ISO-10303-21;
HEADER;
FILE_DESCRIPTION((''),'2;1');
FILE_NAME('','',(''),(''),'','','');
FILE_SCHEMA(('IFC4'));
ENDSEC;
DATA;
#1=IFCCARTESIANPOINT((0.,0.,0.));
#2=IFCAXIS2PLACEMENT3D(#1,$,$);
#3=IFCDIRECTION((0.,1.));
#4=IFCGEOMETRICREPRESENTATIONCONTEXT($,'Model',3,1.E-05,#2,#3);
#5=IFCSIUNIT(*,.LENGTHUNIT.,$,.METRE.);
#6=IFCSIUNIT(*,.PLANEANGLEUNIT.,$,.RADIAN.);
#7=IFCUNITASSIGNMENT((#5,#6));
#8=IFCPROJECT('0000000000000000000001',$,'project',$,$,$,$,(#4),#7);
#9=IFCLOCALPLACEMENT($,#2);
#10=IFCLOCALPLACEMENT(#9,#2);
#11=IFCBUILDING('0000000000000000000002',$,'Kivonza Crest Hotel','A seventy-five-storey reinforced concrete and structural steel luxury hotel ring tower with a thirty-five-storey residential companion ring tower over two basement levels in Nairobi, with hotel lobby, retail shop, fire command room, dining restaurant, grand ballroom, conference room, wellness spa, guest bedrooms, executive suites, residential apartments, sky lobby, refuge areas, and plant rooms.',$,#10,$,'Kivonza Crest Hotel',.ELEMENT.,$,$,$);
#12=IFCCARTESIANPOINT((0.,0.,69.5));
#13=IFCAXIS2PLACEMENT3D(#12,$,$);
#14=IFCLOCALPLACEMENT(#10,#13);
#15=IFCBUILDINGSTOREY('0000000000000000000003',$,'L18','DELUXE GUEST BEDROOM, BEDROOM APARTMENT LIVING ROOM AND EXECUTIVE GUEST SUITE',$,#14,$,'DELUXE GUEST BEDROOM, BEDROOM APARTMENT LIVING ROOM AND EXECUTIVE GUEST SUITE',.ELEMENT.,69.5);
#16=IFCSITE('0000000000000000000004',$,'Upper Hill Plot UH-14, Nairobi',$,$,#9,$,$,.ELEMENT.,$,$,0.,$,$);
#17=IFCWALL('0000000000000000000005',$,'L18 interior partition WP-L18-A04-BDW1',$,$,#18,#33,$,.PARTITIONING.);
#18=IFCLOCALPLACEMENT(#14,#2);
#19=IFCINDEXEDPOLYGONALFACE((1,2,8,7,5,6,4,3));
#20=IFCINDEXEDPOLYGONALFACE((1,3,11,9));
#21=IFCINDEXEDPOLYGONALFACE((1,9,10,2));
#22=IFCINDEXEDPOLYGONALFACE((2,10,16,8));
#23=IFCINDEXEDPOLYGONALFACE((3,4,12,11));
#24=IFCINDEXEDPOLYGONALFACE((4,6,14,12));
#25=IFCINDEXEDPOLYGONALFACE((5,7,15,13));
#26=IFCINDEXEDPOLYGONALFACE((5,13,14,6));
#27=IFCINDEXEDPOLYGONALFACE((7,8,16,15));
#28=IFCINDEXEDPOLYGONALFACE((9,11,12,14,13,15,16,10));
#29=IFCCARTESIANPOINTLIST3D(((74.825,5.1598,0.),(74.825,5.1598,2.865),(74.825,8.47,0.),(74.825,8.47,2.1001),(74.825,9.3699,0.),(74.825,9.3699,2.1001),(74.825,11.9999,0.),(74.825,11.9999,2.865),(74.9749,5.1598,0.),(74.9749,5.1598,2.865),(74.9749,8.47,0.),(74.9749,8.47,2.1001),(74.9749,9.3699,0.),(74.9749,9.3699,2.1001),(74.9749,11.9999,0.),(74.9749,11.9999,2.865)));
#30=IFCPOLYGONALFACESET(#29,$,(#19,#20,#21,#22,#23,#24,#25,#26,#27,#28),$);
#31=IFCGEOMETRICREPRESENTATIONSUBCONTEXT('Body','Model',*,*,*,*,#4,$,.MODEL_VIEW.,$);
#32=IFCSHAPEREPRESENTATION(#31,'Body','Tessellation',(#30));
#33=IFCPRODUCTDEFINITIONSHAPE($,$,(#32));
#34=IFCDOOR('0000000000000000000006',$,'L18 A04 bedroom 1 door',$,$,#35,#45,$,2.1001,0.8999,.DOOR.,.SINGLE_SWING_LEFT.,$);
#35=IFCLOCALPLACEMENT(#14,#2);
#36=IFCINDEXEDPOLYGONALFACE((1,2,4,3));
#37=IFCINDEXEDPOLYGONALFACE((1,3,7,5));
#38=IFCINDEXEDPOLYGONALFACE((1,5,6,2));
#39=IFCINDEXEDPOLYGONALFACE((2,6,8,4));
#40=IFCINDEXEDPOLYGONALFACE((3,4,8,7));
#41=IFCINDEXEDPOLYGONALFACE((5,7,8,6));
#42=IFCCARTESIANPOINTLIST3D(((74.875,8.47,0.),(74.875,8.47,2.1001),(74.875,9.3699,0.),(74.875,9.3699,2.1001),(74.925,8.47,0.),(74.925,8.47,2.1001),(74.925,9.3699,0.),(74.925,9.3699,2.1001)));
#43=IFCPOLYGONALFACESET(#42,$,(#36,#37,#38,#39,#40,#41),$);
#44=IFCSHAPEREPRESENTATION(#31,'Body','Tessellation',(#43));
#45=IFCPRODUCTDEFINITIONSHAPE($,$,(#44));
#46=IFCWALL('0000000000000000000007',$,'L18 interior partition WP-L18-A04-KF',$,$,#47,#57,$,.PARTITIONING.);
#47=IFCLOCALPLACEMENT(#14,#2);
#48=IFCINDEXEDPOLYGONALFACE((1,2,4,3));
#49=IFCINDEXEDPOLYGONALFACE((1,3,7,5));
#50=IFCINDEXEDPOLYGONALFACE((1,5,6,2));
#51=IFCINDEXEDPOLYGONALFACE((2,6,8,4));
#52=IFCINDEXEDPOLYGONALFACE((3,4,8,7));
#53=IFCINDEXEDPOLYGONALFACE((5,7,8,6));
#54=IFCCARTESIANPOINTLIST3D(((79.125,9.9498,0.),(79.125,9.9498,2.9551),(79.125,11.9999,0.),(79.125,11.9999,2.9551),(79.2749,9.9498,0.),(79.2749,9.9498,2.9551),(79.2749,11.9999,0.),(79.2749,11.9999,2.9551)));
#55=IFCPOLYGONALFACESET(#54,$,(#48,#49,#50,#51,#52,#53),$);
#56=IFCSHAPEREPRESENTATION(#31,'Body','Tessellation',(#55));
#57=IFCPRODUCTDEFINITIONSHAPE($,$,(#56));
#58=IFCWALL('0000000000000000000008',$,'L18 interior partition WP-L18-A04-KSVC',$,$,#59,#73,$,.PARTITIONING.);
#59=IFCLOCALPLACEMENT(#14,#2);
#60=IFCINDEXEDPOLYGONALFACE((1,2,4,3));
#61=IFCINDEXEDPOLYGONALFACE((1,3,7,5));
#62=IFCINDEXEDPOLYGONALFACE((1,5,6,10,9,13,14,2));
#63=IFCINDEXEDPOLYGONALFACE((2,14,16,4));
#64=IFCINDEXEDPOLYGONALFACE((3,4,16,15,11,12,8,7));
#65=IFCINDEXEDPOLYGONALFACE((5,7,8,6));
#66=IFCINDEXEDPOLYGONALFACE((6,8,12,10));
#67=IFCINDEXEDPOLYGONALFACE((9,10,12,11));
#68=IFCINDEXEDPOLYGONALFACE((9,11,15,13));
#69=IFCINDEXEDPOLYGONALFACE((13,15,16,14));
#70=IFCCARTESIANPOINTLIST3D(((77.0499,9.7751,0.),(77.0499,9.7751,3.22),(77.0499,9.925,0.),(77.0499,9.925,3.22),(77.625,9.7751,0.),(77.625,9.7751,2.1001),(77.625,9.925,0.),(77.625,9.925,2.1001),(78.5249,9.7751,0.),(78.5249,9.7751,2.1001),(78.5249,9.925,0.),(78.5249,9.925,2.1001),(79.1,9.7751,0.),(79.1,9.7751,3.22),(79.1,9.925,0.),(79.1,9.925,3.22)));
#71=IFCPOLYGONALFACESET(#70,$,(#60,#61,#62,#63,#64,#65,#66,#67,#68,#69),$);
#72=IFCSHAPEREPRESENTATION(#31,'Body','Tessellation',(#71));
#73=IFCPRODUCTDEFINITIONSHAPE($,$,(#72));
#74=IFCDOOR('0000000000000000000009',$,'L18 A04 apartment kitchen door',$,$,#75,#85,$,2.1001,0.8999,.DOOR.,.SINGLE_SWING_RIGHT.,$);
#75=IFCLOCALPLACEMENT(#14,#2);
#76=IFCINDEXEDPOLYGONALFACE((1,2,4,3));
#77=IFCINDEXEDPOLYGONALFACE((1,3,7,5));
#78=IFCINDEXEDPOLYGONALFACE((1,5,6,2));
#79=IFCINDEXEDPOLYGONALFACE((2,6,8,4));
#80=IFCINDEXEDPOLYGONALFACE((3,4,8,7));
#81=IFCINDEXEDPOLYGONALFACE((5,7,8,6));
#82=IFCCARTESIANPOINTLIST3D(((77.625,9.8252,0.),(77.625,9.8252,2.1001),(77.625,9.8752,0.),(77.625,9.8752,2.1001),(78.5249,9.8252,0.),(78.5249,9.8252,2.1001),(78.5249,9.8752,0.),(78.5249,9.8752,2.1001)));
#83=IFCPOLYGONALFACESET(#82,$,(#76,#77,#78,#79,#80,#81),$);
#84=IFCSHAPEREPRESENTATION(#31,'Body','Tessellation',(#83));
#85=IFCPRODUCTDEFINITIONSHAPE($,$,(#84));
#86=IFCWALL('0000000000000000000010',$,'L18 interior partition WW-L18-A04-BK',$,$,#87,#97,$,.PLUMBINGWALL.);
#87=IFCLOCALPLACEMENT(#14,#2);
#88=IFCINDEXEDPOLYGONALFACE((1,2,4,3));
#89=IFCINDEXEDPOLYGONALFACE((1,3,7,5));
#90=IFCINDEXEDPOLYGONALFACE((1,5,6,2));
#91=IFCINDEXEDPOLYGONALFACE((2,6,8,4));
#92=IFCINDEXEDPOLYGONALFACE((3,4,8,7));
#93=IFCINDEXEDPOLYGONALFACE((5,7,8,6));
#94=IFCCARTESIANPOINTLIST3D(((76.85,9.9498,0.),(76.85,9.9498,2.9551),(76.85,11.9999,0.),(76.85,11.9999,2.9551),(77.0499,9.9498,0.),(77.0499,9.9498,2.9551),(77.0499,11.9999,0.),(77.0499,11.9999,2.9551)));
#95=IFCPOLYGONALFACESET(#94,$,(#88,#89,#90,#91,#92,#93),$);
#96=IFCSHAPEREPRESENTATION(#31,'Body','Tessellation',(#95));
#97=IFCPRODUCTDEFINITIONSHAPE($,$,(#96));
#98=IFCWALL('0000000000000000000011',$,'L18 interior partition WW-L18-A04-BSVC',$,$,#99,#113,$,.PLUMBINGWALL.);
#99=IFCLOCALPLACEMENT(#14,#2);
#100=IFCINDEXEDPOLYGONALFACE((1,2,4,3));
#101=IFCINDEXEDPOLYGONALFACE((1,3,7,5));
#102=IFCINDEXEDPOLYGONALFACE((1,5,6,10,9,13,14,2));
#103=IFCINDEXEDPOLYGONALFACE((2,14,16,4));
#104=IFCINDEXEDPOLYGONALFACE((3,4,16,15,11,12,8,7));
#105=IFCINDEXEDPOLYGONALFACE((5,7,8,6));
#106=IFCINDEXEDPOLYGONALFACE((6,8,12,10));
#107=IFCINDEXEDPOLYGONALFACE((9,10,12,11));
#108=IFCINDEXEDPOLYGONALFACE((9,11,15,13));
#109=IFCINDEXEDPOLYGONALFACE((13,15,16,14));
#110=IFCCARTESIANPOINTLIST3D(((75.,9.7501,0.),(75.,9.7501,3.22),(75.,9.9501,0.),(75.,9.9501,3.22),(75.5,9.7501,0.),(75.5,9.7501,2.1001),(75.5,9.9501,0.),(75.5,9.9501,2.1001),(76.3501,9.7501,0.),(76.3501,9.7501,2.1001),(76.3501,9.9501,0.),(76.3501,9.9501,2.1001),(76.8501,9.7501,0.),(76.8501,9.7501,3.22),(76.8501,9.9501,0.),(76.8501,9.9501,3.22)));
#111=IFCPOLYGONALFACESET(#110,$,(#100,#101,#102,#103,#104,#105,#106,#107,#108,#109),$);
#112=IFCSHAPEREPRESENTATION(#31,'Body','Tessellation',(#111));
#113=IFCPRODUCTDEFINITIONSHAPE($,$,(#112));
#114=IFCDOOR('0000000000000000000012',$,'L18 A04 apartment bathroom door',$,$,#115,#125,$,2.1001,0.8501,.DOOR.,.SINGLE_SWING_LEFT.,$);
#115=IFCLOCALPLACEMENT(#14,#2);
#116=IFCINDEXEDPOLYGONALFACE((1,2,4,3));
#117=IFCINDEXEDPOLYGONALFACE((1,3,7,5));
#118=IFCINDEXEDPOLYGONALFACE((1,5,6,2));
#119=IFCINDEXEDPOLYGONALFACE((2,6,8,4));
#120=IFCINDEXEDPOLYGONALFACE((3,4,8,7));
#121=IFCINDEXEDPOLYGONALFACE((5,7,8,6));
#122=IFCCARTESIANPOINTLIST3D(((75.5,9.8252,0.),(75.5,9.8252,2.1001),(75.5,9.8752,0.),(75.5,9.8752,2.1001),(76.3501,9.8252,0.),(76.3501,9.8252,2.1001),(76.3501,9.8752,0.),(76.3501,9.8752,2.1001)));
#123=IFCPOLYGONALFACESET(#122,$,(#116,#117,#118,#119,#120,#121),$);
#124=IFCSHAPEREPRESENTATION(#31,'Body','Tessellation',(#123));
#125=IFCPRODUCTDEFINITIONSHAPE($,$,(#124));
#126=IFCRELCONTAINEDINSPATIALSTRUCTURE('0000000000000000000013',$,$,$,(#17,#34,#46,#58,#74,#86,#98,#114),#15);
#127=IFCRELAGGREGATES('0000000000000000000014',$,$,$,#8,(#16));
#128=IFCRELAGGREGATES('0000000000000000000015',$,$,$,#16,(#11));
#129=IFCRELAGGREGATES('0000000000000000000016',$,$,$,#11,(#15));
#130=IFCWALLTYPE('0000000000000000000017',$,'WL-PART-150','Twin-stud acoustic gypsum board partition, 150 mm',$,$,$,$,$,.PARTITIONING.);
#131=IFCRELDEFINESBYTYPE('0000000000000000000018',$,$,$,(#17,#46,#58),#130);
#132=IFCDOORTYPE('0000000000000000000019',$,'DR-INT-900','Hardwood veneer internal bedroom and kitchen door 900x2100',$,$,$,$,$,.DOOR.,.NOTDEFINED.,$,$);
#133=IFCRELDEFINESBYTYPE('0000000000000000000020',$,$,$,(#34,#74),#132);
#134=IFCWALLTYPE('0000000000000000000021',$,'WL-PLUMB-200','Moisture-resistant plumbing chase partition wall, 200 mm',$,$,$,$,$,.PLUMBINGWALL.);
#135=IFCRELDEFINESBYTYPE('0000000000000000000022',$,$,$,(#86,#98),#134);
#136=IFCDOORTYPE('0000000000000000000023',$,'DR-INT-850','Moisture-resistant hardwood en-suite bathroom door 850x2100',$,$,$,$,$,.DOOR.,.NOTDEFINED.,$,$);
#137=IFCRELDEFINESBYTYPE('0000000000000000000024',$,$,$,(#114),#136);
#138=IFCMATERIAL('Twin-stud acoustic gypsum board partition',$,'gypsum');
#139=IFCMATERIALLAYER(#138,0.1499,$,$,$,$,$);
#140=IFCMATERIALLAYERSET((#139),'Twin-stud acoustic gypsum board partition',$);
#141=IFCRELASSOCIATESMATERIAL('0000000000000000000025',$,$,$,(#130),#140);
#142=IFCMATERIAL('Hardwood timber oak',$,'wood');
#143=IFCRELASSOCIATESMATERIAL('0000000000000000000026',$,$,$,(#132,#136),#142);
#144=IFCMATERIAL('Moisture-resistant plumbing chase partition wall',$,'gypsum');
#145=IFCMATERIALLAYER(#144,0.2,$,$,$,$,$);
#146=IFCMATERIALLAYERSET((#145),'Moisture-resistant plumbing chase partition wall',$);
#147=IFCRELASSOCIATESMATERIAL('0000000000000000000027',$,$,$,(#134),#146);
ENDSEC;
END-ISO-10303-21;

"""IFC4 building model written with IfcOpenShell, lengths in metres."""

from ifc_helpers import new_model, si_unit, direction, frame, frame_2d, origin, place, context, subcontext, project, spatial, rectangle, extrude, material, layer, layer_set, type_object, element, fill, save


model = new_model("IFC4")

# Units and contexts
model_context = context("Model", 3, precision=1e-05, world=origin(), true_north=direction((0.0, 1.0)))
body_context = subcontext(model_context, "Body", "Model", "MODEL_VIEW")
ifc_project = project(units=[si_unit("LENGTHUNIT", "METRE"), si_unit("PLANEANGLEUNIT", "RADIAN")], contexts=[model_context])

# Site, building, storey
site_placement = place(None, origin())
site = spatial("IfcSite", under=ifc_project, at=site_placement, Name="Upper Hill Plot UH-14, Nairobi", CompositionType="ELEMENT", RefElevation=0.0)
building_placement = place(site_placement, origin())
building = spatial("IfcBuilding", under=site, at=building_placement, Name="Kivonza Crest Hotel", Description="A seventy-five-storey reinforced concrete and structural steel luxury hotel ring tower with a thirty-five-storey residential companion ring tower over two basement levels in Nairobi, with hotel lobby, retail shop, fire command room, dining restaurant, grand ballroom, conference room, wellness spa, guest bedrooms, executive suites, residential apartments, sky lobby, refuge areas, and plant rooms.", LongName="Kivonza Crest Hotel", CompositionType="ELEMENT")
storey_placement = place(building_placement, frame((0.0, 0.0, 69.5)))
storey = spatial("IfcBuildingStorey", under=building, at=storey_placement, Name="L18", Description="DELUXE GUEST BEDROOM, BEDROOM APARTMENT LIVING ROOM AND EXECUTIVE GUEST SUITE", LongName="DELUXE GUEST BEDROOM, BEDROOM APARTMENT LIVING ROOM AND EXECUTIVE GUEST SUITE", CompositionType="ELEMENT", Elevation=69.5)

# Shared definitions
ifc_material_1 = material(Name="Hardwood timber oak", Category="wood")

# Wall, opening, door
ifc_material_2 = material(Name="Twin-stud acoustic gypsum board partition", Category="gypsum")
ifc_layer_1 = layer(ifc_material_2, 0.1499)
ifc_layer_set_1 = layer_set([ifc_layer_1], Name="Twin-stud acoustic gypsum board partition")
wall_type_1 = type_object("IfcWallType", Name="WL-PART-150", Description="Twin-stud acoustic gypsum board partition, 150 mm", PredefinedType="PARTITIONING", material=ifc_layer_set_1)
wall_1_placement = place(storey_placement, frame((74.8999, 5.1599, 0.0), z_axis=(0.0, 0.0, 1.0), x_axis=(0.0, 1.0, 0.0)))
wall_1 = element("IfcWall", 1, at=wall_1_placement, inside=storey, type_object=wall_type_1, Name="L18 interior partition WP-L18-A04-BDW1", PredefinedType="PARTITIONING", context=body_context, shape_type="SweptSolid", body=[
    extrude(rectangle(XDim=6.8401, YDim=0.1499, at=frame_2d((3.4199, 0.0))), origin(), (0.0, 0.0, 1.0), 2.865),
])
opening_1_placement = place(wall_1_placement, frame((3.3101, 0.0, 0.0)))
opening_1 = element("IfcOpeningElement", 2, at=opening_1_placement, cuts=wall_1, PredefinedType="OPENING", context=body_context, shape_type="SweptSolid", body=[
    extrude(rectangle(XDim=0.8999, YDim=2.1001, at=frame_2d((0.45, 1.05))), frame((0.0, 0.085, 0.0), z_axis=(0.0, -1.0, 0.0), x_axis=(1.0, 0.0, 0.0)), (0.0, 0.0, 1.0), 0.1699),
])
door_type_1 = type_object("IfcDoorType", Name="DR-INT-900", Description="Hardwood veneer internal bedroom and kitchen door 900x2100", OperationType="NOTDEFINED", PredefinedType="DOOR", material=ifc_material_1)
door_1_placement = place(opening_1_placement, origin())
door_1 = element("IfcDoor", 3, at=door_1_placement, inside=storey, type_object=door_type_1, Name="L18 A04 bedroom 1 door", OperationType="SINGLE_SWING_LEFT", OverallHeight=2.1001, OverallWidth=0.8999, PredefinedType="DOOR", context=body_context, shape_type="SweptSolid", body=[
    extrude(rectangle(XDim=0.8999, YDim=2.1001, at=frame_2d((0.45, 1.05))), frame((0.0, 0.0249, 0.0), z_axis=(0.0, -1.0, 0.0), x_axis=(1.0, 0.0, 0.0)), (0.0, 0.0, 1.0), 0.05),
])
fill(opening_1, door_1)

# Wall
wall_2_placement = place(storey_placement, frame((79.2, 9.95, 0.0), z_axis=(0.0, 0.0, 1.0), x_axis=(0.0, 1.0, 0.0)))
element("IfcWall", 4, at=wall_2_placement, inside=storey, type_object=wall_type_1, Name="L18 interior partition WP-L18-A04-KF", PredefinedType="PARTITIONING", context=body_context, shape_type="SweptSolid", body=[
    extrude(rectangle(XDim=2.05, YDim=0.1499, at=frame_2d((1.0249, 0.0))), origin(), (0.0, 0.0, 1.0), 2.9551),
])

# Wall, opening, door
wall_3_placement = place(storey_placement, frame((77.05, 9.8501, 0.0), z_axis=(0.0, 0.0, 1.0), x_axis=(1.0, 0.0, 0.0)))
wall_3 = element("IfcWall", 5, at=wall_3_placement, inside=storey, type_object=wall_type_1, Name="L18 interior partition WP-L18-A04-KSVC", PredefinedType="PARTITIONING", context=body_context, shape_type="SweptSolid", body=[
    extrude(rectangle(XDim=2.05, YDim=0.1499, at=frame_2d((1.0249, 0.0))), origin(), (0.0, 0.0, 1.0), 3.22),
])
opening_2_placement = place(wall_3_placement, frame((0.575, 0.0, 0.0)))
opening_2 = element("IfcOpeningElement", 6, at=opening_2_placement, cuts=wall_3, PredefinedType="OPENING", context=body_context, shape_type="SweptSolid", body=[
    extrude(rectangle(XDim=0.8999, YDim=2.1001, at=frame_2d((0.45, 1.05))), frame((0.0, 0.085, 0.0), z_axis=(0.0, -1.0, 0.0), x_axis=(1.0, 0.0, 0.0)), (0.0, 0.0, 1.0), 0.1699),
])
door_2_placement = place(opening_2_placement, frame((0.8999, 0.0, 0.0), z_axis=(0.0, 0.0, 1.0), x_axis=(-1.0, 0.0, 0.0)))
door_2 = element("IfcDoor", 7, at=door_2_placement, inside=storey, type_object=door_type_1, Name="L18 A04 apartment kitchen door", OperationType="SINGLE_SWING_RIGHT", OverallHeight=2.1001, OverallWidth=0.8999, PredefinedType="DOOR", context=body_context, shape_type="SweptSolid", body=[
    extrude(rectangle(XDim=0.8999, YDim=2.1001, at=frame_2d((0.45, 1.05))), frame((0.0, 0.0249, 0.0), z_axis=(0.0, -1.0, 0.0), x_axis=(1.0, 0.0, 0.0)), (0.0, 0.0, 1.0), 0.05),
])
fill(opening_2, door_2)

# Wall
ifc_material_3 = material(Name="Moisture-resistant plumbing chase partition wall", Category="gypsum")
ifc_layer_2 = layer(ifc_material_3, 0.2)
ifc_layer_set_2 = layer_set([ifc_layer_2], Name="Moisture-resistant plumbing chase partition wall")
wall_type_2 = type_object("IfcWallType", Name="WL-PLUMB-200", Description="Moisture-resistant plumbing chase partition wall, 200 mm", PredefinedType="PLUMBINGWALL", material=ifc_layer_set_2)
wall_4_placement = place(storey_placement, frame((76.95, 9.95, 0.0), z_axis=(0.0, 0.0, 1.0), x_axis=(0.0, 1.0, 0.0)))
element("IfcWall", 8, at=wall_4_placement, inside=storey, type_object=wall_type_2, Name="L18 interior partition WW-L18-A04-BK", PredefinedType="PLUMBINGWALL", context=body_context, shape_type="SweptSolid", body=[
    extrude(rectangle(XDim=2.05, YDim=0.2, at=frame_2d((1.0249, 0.0))), origin(), (0.0, 0.0, 1.0), 2.9551),
])

# Wall, opening, door
wall_5_placement = place(storey_placement, frame((75.0, 9.8501, 0.0), z_axis=(0.0, 0.0, 1.0), x_axis=(1.0, 0.0, 0.0)))
wall_5 = element("IfcWall", 9, at=wall_5_placement, inside=storey, type_object=wall_type_2, Name="L18 interior partition WW-L18-A04-BSVC", PredefinedType="PLUMBINGWALL", context=body_context, shape_type="SweptSolid", body=[
    extrude(rectangle(XDim=1.8501, YDim=0.2, at=frame_2d((0.925, 0.0))), origin(), (0.0, 0.0, 1.0), 3.22),
])
opening_3_placement = place(wall_5_placement, frame((0.5, 0.0, 0.0)))
opening_3 = element("IfcOpeningElement", 10, at=opening_3_placement, cuts=wall_5, PredefinedType="OPENING", context=body_context, shape_type="SweptSolid", body=[
    extrude(rectangle(XDim=0.8501, YDim=2.1001, at=frame_2d((0.425, 1.05))), frame((0.0, 0.1099, 0.0), z_axis=(0.0, -1.0, 0.0), x_axis=(1.0, 0.0, 0.0)), (0.0, 0.0, 1.0), 0.22),
])
door_type_2 = type_object("IfcDoorType", Name="DR-INT-850", Description="Moisture-resistant hardwood en-suite bathroom door 850x2100", OperationType="NOTDEFINED", PredefinedType="DOOR", material=ifc_material_1)
door_3_placement = place(opening_3_placement, frame((0.8501, 0.0, 0.0), z_axis=(0.0, 0.0, 1.0), x_axis=(-1.0, 0.0, 0.0)))
door_3 = element("IfcDoor", 11, at=door_3_placement, inside=storey, type_object=door_type_2, Name="L18 A04 apartment bathroom door", OperationType="SINGLE_SWING_LEFT", OverallHeight=2.1001, OverallWidth=0.8501, PredefinedType="DOOR", context=body_context, shape_type="SweptSolid", body=[
    extrude(rectangle(XDim=0.8501, YDim=2.1001, at=frame_2d((0.425, 1.05))), frame((0.0, 0.0249, 0.0), z_axis=(0.0, -1.0, 0.0), x_axis=(1.0, 0.0, 0.0)), (0.0, 0.0, 1.0), 0.05),
])
fill(opening_3, door_3)

save(model, "model.ifc")
